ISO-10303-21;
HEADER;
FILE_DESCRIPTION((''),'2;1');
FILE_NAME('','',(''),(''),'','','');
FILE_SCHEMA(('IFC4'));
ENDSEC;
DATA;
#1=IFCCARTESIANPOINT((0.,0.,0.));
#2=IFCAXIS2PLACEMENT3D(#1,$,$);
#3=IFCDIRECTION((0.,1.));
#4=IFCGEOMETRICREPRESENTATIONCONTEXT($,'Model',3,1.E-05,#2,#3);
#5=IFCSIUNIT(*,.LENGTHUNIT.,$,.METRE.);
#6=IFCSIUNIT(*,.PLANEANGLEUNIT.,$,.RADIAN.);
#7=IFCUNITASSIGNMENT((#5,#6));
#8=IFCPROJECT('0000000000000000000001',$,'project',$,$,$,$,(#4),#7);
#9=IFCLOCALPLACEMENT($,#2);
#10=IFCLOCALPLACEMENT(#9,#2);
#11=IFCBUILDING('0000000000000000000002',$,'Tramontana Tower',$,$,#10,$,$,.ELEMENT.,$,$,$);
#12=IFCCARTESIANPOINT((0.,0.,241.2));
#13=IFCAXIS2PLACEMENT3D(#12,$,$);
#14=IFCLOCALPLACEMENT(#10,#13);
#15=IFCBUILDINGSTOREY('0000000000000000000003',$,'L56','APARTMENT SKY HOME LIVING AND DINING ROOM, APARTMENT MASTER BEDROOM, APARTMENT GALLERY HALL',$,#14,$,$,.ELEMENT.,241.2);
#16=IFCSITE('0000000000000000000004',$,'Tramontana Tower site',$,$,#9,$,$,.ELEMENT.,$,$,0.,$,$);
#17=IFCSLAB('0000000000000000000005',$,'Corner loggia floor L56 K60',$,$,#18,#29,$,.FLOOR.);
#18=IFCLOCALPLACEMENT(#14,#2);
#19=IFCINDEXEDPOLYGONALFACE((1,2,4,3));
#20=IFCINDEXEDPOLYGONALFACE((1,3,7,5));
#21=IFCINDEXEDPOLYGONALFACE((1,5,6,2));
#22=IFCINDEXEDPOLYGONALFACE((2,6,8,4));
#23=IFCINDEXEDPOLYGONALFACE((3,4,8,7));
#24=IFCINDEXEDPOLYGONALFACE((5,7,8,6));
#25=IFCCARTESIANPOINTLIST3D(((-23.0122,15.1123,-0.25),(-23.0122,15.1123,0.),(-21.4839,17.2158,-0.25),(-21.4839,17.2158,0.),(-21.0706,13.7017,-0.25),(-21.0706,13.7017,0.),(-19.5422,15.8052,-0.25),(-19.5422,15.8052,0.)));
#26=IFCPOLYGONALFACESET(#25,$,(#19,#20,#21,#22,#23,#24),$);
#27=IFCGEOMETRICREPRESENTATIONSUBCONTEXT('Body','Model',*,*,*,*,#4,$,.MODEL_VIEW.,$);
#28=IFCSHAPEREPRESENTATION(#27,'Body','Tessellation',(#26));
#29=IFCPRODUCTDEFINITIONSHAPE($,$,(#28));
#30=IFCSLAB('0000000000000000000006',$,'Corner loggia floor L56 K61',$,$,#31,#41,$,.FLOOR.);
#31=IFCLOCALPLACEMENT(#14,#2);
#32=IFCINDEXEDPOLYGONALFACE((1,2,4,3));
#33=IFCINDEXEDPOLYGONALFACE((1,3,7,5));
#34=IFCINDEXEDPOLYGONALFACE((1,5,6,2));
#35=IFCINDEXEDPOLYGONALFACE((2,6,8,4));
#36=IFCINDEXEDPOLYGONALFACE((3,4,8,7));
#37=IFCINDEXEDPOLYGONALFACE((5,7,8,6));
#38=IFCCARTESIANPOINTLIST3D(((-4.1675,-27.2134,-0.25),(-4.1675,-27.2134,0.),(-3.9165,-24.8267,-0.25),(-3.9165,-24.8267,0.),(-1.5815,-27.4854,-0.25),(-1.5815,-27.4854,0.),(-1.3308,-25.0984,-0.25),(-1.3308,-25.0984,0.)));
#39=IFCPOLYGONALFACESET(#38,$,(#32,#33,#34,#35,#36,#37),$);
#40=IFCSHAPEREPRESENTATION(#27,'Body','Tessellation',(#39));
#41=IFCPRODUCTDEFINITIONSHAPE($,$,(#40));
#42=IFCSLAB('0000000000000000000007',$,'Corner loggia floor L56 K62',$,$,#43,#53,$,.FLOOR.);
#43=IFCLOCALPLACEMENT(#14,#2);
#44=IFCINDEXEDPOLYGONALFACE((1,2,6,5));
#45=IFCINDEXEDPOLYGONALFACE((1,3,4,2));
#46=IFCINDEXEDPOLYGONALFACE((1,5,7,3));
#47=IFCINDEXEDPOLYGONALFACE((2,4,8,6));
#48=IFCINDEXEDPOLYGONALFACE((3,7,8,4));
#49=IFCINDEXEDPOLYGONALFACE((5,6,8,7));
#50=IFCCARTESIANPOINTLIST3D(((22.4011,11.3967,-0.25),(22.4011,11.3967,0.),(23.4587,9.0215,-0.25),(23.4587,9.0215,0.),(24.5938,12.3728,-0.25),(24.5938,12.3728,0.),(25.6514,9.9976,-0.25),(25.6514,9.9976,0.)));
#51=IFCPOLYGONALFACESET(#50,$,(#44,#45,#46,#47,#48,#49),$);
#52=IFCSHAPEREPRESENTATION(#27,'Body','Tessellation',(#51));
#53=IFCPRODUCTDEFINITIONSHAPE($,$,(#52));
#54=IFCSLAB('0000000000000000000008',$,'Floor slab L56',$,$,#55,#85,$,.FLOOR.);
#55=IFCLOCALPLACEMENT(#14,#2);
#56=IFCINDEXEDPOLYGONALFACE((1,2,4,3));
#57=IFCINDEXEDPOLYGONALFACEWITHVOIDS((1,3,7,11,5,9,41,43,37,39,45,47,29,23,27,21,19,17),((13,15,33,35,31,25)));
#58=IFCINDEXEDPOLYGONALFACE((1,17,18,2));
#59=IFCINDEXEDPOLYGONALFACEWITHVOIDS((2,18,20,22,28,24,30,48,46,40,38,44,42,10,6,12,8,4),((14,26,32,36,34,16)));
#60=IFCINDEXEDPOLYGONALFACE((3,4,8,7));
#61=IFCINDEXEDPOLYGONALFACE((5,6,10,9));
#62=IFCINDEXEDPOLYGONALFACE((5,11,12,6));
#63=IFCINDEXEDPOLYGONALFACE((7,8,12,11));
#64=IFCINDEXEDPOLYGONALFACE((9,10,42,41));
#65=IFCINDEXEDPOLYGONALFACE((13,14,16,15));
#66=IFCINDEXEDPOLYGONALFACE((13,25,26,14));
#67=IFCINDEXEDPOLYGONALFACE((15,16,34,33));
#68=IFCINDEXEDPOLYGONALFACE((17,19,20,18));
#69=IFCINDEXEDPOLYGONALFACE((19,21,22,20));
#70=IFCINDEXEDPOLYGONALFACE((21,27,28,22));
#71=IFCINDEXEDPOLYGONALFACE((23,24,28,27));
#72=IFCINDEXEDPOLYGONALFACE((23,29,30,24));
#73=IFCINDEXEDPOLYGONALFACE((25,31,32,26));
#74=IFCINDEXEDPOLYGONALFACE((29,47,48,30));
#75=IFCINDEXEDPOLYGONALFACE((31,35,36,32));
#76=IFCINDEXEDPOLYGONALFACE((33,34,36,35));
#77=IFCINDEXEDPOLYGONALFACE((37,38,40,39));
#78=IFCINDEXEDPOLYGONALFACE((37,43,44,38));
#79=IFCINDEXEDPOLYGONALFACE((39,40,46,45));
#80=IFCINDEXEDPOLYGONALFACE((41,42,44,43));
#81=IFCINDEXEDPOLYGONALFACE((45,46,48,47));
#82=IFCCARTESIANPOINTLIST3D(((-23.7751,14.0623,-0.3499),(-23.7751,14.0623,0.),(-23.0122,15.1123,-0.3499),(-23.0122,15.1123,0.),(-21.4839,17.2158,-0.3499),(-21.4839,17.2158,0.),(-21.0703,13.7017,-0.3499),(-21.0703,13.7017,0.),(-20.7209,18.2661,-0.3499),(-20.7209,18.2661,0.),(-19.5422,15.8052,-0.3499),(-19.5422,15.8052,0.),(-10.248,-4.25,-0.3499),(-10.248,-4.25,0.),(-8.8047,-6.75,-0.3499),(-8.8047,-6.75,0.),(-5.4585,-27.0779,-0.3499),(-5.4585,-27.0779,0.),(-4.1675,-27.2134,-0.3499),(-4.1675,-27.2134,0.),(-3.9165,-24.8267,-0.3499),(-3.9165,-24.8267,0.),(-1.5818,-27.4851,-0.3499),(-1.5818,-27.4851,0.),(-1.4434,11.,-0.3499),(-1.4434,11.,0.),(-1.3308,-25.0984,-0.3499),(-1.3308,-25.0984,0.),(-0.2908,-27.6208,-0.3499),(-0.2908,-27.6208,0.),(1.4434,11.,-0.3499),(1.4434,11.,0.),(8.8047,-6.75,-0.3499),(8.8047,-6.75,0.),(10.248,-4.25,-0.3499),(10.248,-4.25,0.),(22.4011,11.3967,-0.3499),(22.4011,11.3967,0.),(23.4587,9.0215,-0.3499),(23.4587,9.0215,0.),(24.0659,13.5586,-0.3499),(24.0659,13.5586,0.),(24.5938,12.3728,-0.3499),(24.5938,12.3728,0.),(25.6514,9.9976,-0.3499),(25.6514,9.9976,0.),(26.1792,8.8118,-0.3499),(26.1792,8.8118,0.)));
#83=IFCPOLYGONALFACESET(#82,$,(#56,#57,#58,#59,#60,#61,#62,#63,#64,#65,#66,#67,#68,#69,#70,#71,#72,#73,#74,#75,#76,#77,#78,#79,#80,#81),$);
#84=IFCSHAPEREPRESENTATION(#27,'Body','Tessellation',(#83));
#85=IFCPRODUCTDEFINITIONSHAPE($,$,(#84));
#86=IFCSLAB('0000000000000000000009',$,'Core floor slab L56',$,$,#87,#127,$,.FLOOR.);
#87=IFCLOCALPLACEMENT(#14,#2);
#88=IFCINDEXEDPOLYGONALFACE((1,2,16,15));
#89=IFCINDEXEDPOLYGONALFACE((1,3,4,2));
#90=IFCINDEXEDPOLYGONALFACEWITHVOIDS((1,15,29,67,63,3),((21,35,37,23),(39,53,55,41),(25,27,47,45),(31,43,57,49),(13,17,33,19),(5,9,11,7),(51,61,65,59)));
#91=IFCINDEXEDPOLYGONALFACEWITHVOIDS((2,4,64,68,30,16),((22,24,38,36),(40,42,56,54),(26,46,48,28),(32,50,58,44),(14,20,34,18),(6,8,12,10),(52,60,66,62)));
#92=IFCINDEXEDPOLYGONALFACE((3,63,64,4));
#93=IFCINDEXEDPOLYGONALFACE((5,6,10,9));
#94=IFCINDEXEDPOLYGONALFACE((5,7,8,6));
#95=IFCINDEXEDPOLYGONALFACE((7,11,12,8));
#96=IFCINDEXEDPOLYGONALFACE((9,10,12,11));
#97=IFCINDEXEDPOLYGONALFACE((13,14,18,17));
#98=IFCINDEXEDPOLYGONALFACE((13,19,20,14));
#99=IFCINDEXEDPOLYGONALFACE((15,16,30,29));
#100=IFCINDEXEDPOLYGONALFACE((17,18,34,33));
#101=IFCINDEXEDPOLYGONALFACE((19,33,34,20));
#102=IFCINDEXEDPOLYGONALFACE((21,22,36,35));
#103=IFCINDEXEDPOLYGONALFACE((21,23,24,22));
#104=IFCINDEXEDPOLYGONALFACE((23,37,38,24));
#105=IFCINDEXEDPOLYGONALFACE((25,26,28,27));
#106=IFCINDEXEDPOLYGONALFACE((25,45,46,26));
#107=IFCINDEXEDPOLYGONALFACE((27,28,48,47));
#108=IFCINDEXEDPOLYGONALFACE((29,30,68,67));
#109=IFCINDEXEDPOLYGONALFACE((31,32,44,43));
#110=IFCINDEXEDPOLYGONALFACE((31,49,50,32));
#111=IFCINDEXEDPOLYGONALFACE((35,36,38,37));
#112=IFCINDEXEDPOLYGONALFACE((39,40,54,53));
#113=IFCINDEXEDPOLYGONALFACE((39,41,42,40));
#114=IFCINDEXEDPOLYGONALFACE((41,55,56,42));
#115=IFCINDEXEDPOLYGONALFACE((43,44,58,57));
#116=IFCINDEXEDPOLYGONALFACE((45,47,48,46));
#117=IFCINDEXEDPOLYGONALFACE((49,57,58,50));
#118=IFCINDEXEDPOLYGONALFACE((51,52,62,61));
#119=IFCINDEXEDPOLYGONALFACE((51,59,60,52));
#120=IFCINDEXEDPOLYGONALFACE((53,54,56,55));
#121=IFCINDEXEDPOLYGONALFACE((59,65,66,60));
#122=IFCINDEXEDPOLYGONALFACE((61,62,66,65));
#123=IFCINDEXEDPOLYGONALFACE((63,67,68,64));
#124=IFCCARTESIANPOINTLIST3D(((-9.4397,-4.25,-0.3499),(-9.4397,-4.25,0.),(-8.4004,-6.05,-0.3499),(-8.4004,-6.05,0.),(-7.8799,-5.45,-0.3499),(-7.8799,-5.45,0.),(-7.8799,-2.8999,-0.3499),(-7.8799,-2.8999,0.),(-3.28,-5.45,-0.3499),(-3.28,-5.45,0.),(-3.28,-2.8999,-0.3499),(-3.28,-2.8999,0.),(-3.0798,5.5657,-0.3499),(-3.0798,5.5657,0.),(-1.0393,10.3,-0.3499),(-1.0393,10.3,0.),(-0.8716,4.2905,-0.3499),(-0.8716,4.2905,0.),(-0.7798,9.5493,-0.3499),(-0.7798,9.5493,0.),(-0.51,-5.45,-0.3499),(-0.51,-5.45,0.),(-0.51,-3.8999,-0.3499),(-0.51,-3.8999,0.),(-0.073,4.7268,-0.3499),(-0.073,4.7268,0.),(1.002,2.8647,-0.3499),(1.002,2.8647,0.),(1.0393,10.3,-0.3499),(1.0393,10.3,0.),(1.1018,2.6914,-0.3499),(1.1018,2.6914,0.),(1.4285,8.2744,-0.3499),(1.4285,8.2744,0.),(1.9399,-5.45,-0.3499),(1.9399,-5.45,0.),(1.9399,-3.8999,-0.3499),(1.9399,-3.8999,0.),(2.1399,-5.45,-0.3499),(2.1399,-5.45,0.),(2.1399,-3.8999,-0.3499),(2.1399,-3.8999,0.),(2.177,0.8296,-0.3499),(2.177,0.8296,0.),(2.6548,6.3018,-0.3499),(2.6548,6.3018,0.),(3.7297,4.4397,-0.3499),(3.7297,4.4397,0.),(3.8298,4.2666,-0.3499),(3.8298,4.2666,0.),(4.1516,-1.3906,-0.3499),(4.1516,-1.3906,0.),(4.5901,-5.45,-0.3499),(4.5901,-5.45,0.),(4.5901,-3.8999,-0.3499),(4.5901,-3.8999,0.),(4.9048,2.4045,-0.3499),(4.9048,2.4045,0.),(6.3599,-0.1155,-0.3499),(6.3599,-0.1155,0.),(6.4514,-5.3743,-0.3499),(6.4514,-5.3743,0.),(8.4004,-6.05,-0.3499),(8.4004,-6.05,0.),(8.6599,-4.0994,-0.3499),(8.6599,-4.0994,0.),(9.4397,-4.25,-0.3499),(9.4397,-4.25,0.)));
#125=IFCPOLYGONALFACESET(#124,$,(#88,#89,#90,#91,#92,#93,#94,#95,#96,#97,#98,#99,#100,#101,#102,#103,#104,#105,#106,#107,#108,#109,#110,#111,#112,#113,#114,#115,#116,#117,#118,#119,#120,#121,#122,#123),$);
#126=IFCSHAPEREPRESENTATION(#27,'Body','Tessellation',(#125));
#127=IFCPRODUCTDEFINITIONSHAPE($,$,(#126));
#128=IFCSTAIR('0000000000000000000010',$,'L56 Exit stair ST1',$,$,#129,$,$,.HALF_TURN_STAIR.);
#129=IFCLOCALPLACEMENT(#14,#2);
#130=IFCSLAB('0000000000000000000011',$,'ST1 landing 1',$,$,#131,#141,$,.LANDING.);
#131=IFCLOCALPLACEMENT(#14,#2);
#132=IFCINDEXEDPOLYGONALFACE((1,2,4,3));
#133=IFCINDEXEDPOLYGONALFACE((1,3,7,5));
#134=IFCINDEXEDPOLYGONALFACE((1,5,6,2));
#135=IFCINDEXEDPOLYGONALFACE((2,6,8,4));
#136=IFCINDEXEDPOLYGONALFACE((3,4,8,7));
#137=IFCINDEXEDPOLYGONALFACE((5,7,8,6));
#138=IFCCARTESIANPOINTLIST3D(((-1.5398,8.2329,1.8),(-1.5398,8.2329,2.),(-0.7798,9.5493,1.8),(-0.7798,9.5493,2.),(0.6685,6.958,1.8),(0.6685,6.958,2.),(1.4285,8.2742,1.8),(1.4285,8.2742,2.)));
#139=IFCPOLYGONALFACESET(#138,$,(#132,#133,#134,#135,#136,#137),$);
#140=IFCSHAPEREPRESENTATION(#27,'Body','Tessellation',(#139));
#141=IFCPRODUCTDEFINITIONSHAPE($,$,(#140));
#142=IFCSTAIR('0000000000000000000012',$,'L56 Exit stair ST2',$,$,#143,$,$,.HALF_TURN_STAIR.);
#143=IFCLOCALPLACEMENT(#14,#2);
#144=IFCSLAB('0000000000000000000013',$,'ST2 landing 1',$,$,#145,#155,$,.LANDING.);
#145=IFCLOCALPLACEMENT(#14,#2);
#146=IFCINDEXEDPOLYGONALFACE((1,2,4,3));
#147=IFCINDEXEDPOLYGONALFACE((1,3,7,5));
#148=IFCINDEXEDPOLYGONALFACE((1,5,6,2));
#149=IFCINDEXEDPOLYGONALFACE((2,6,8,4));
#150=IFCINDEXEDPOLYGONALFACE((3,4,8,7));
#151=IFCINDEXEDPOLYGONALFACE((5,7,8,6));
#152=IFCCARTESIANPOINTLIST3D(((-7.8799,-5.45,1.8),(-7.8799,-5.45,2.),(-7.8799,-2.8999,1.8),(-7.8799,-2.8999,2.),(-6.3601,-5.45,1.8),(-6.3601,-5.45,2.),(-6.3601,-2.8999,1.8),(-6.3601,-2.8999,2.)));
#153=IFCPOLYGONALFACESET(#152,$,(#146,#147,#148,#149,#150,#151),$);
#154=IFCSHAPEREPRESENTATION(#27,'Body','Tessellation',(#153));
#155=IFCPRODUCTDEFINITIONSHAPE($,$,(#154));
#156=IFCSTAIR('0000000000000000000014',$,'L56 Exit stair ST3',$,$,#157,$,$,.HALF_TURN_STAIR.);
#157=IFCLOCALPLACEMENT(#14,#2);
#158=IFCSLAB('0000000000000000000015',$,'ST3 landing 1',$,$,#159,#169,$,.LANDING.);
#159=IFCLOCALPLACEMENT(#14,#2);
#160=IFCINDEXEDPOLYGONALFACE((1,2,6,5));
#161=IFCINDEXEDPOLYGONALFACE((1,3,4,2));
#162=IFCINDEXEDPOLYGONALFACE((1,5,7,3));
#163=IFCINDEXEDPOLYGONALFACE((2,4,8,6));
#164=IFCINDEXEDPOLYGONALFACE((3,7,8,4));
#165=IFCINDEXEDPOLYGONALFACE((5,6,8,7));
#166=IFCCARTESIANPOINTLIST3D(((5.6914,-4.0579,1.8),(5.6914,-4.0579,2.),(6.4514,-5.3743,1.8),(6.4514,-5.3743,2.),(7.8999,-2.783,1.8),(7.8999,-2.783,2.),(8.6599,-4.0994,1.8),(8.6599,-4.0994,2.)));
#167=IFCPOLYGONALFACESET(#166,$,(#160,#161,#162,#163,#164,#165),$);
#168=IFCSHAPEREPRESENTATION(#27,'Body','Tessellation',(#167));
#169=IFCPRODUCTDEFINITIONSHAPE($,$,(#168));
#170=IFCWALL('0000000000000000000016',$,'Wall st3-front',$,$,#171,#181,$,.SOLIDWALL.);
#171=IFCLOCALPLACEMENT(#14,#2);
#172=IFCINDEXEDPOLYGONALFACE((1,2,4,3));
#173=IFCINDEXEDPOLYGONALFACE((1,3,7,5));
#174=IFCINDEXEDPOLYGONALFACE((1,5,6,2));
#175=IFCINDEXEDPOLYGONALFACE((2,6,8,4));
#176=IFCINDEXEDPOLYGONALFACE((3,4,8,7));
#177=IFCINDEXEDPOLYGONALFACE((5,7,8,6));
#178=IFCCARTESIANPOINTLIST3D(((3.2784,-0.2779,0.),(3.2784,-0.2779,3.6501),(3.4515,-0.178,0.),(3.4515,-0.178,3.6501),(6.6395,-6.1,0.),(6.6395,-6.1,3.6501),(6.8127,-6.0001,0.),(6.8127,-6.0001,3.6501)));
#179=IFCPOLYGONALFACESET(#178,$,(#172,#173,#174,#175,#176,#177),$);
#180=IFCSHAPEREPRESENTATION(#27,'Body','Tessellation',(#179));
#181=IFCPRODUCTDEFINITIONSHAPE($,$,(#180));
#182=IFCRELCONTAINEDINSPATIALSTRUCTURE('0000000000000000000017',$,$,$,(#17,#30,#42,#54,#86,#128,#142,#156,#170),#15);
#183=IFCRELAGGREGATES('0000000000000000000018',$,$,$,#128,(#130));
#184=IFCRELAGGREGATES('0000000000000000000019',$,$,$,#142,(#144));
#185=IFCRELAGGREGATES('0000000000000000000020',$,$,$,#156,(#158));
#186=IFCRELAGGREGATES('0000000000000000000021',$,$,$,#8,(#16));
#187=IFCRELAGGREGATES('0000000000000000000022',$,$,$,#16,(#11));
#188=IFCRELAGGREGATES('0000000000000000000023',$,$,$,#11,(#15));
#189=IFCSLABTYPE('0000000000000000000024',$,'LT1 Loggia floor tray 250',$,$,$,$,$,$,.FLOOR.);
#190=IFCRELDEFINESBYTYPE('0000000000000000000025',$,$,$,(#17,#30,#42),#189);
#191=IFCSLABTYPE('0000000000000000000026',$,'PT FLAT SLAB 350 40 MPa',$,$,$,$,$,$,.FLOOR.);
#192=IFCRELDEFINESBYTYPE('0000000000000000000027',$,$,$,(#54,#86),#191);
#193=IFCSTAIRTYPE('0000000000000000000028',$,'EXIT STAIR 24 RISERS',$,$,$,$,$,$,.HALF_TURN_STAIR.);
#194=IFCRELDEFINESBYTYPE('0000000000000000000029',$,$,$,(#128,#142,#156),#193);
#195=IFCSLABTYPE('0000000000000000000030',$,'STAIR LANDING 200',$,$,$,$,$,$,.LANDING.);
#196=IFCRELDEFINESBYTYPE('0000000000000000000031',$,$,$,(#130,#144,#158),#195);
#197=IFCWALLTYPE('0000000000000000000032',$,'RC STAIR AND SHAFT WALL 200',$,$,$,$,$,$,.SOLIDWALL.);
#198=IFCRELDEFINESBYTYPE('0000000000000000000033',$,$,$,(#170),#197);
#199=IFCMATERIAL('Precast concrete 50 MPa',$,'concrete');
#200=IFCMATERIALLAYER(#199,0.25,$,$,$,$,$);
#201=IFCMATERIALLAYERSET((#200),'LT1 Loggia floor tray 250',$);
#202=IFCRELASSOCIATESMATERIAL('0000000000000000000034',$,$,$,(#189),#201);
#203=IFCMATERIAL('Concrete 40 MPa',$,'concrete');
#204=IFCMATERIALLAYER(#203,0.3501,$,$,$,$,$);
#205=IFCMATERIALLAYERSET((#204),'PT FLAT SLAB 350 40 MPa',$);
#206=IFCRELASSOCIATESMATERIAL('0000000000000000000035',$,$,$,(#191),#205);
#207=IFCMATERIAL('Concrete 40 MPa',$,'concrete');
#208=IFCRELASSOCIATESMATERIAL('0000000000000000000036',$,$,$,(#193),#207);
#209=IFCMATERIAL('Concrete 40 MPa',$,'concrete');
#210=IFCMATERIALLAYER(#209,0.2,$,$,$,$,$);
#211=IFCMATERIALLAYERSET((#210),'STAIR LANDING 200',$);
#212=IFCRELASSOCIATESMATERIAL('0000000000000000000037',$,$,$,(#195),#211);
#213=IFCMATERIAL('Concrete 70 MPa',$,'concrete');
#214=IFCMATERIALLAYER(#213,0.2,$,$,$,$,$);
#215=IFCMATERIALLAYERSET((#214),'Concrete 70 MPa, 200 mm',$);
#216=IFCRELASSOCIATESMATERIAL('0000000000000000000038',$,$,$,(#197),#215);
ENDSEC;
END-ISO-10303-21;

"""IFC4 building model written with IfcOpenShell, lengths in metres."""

from ifc_helpers import new_model, si_unit, direction, frame, frame_2d, origin, place, context, subcontext, project, spatial, polyline, rectangle, outline, extrude, material, layer, layer_set, type_object, element, aggregate, save


model = new_model("IFC4")

# Units and contexts
model_context = context("Model", 3, precision=1e-05, world=origin(), true_north=direction((0.0, 1.0)))
body_context = subcontext(model_context, "Body", "Model", "MODEL_VIEW")
ifc_project = project(units=[si_unit("LENGTHUNIT", "METRE"), si_unit("PLANEANGLEUNIT", "RADIAN")], contexts=[model_context])

# Site, building, storey
site_placement = place(None, origin())
site = spatial("IfcSite", under=ifc_project, at=site_placement, Name="Tramontana Tower site", CompositionType="ELEMENT", RefElevation=0.0)
building_placement = place(site_placement, origin())
building = spatial("IfcBuilding", under=site, at=building_placement, Name="Tramontana Tower", CompositionType="ELEMENT")
storey_placement = place(building_placement, frame((0.0, 0.0, 241.2)))
storey = spatial("IfcBuildingStorey", under=building, at=storey_placement, Name="L56", Description="APARTMENT SKY HOME LIVING AND DINING ROOM, APARTMENT MASTER BEDROOM, APARTMENT GALLERY HALL", CompositionType="ELEMENT", Elevation=241.2)

# Slabs
ifc_material_1 = material(Name="Precast concrete 50 MPa", Category="concrete")
ifc_layer_1 = layer(ifc_material_1, 0.25)
ifc_layer_set_1 = layer_set([ifc_layer_1], Name="LT1 Loggia floor tray 250")
slab_type_1 = type_object("IfcSlabType", Name="LT1 Loggia floor tray 250", PredefinedType="FLOOR", material=ifc_layer_set_1)
slab_1_placement = place(storey_placement, frame((0.0, 0.0, -0.25)))
element("IfcSlab", 1, at=slab_1_placement, inside=storey, type_object=slab_type_1, Name="Corner loggia floor L56 K60", PredefinedType="FLOOR", context=body_context, shape_type="SweptSolid", body=[
    extrude(outline(polyline([(-21.4839, 17.2158), (-19.5422, 15.8052), (-21.0706, 13.7017), (-23.0122, 15.1123), (-21.4839, 17.2158)])), origin(), (0.0, 0.0, 1.0), 0.25),
])
slab_2_placement = place(storey_placement, frame((0.0, 0.0, -0.25)))
element("IfcSlab", 2, at=slab_2_placement, inside=storey, type_object=slab_type_1, Name="Corner loggia floor L56 K61", PredefinedType="FLOOR", context=body_context, shape_type="SweptSolid", body=[
    extrude(outline(polyline([(-4.1675, -27.2134), (-3.9165, -24.8267), (-1.3308, -25.0984), (-1.5815, -27.4854), (-4.1675, -27.2134)])), origin(), (0.0, 0.0, 1.0), 0.25),
])
slab_3_placement = place(storey_placement, frame((0.0, 0.0, -0.25)))
element("IfcSlab", 3, at=slab_3_placement, inside=storey, type_object=slab_type_1, Name="Corner loggia floor L56 K62", PredefinedType="FLOOR", context=body_context, shape_type="SweptSolid", body=[
    extrude(outline(polyline([(25.6514, 9.9976), (23.4587, 9.0215), (22.4011, 11.3967), (24.5938, 12.3728), (25.6514, 9.9976)])), origin(), (0.0, 0.0, 1.0), 0.25),
])
ifc_material_2 = material(Name="Concrete 40 MPa", Category="concrete")
ifc_layer_2 = layer(ifc_material_2, 0.3501)
ifc_layer_set_2 = layer_set([ifc_layer_2], Name="PT FLAT SLAB 350 40 MPa")
slab_type_2 = type_object("IfcSlabType", Name="PT FLAT SLAB 350 40 MPa", PredefinedType="FLOOR", material=ifc_layer_set_2)
slab_4_placement = place(storey_placement, frame((0.0, 0.0, -0.3499)))
element("IfcSlab", 4, at=slab_4_placement, inside=storey, type_object=slab_type_2, Name="Floor slab L56", PredefinedType="FLOOR", context=body_context, shape_type="SweptSolid", body=[
    extrude(outline(polyline([(24.5938, 12.3728), (22.4011, 11.3967), (23.4587, 9.0215), (25.6514, 9.9976), (26.1792, 8.8118), (-0.2908, -27.6208), (-1.5818, -27.4851), (-1.3308, -25.0984), (-3.9165, -24.8267), (-4.1675, -27.2134), (-5.4585, -27.0779), (-23.7751, 14.0623), (-23.0122, 15.1123), (-21.0703, 13.7017), (-19.5422, 15.8052), (-21.4839, 17.2158), (-20.7209, 18.2661), (24.0659, 13.5586), (24.5938, 12.3728)]), holes=[polyline([(-10.248, -4.25), (-8.8047, -6.75), (8.8047, -6.75), (10.248, -4.25), (1.4434, 11.0), (-1.4434, 11.0), (-10.248, -4.25)])]), origin(), (0.0, 0.0, 1.0), 0.3499),
])
slab_5_placement = place(storey_placement, frame((0.0, 0.0, -0.3499)))
element("IfcSlab", 5, at=slab_5_placement, inside=storey, type_object=slab_type_2, Name="Core floor slab L56", PredefinedType="FLOOR", context=body_context, shape_type="SweptSolid", body=[
    extrude(outline(polyline([(9.4397, -4.25), (8.4004, -6.05), (-8.4004, -6.05), (-9.4397, -4.25), (-1.0393, 10.3), (1.0393, 10.3), (9.4397, -4.25)]), holes=[polyline([(8.6599, -4.0994), (6.3599, -0.1155), (4.1516, -1.3906), (6.4514, -5.3743), (8.6599, -4.0994)]), polyline([(3.8298, 4.2666), (1.1018, 2.6914), (2.177, 0.8296), (4.9048, 2.4045), (3.8298, 4.2666)]), polyline([(4.5901, -3.8999), (2.1399, -3.8999), (2.1399, -5.45), (4.5901, -5.45), (4.5901, -3.8999)]), polyline([(2.6548, 6.3018), (-0.073, 4.7268), (1.002, 2.8647), (3.7297, 4.4397), (2.6548, 6.3018)]), polyline([(1.9399, -5.45), (1.9399, -3.8999), (-0.51, -3.8999), (-0.51, -5.45), (1.9399, -5.45)]), polyline([(-0.7798, 9.5493), (-3.0798, 5.5657), (-0.8716, 4.2905), (1.4285, 8.2744), (-0.7798, 9.5493)]), polyline([(-7.8799, -5.45), (-3.28, -5.45), (-3.28, -2.8999), (-7.8799, -2.8999), (-7.8799, -5.45)])]), origin(), (0.0, 0.0, 1.0), 0.3499),
])

# Stairs, slabs
ifc_material_3 = material(Name="Concrete 40 MPa", Category="concrete")
stair_type = type_object("IfcStairType", Name="EXIT STAIR 24 RISERS", PredefinedType="HALF_TURN_STAIR", material=ifc_material_3)
stair_1_placement = place(storey_placement, origin())
stair_1 = element("IfcStair", 6, at=stair_1_placement, inside=storey, type_object=stair_type, Name="L56 Exit stair ST1", PredefinedType="HALF_TURN_STAIR")
ifc_material_4 = material(Name="Concrete 40 MPa", Category="concrete")
ifc_layer_3 = layer(ifc_material_4, 0.2)
ifc_layer_set_3 = layer_set([ifc_layer_3], Name="STAIR LANDING 200")
slab_type_3 = type_object("IfcSlabType", Name="STAIR LANDING 200", PredefinedType="LANDING", material=ifc_layer_set_3)
slab_6_placement = place(storey_placement, frame((0.0, 0.0, 1.8)))
slab_6 = element("IfcSlab", 7, at=slab_6_placement, type_object=slab_type_3, Name="ST1 landing 1", PredefinedType="LANDING", context=body_context, shape_type="SweptSolid", body=[
    extrude(outline(polyline([(0.6685, 6.958), (1.4285, 8.2742), (-0.7798, 9.5493), (-1.5398, 8.2329), (0.6685, 6.958)])), origin(), (0.0, 0.0, 1.0), 0.2),
])
aggregate(stair_1, [slab_6])
stair_2_placement = place(storey_placement, origin())
stair_2 = element("IfcStair", 8, at=stair_2_placement, inside=storey, type_object=stair_type, Name="L56 Exit stair ST2", PredefinedType="HALF_TURN_STAIR")
slab_7_placement = place(storey_placement, frame((0.0, 0.0, 1.8)))
slab_7 = element("IfcSlab", 9, at=slab_7_placement, type_object=slab_type_3, Name="ST2 landing 1", PredefinedType="LANDING", context=body_context, shape_type="SweptSolid", body=[
    extrude(outline(polyline([(-6.3601, -2.8999), (-7.8799, -2.8999), (-7.8799, -5.45), (-6.3601, -5.45), (-6.3601, -2.8999)])), origin(), (0.0, 0.0, 1.0), 0.2),
])
aggregate(stair_2, [slab_7])
stair_3_placement = place(storey_placement, origin())
stair_3 = element("IfcStair", 10, at=stair_3_placement, inside=storey, type_object=stair_type, Name="L56 Exit stair ST3", PredefinedType="HALF_TURN_STAIR")
slab_8_placement = place(storey_placement, frame((0.0, 0.0, 1.8)))
slab_8 = element("IfcSlab", 11, at=slab_8_placement, type_object=slab_type_3, Name="ST3 landing 1", PredefinedType="LANDING", context=body_context, shape_type="SweptSolid", body=[
    extrude(outline(polyline([(5.6914, -4.0579), (6.4514, -5.3743), (8.6599, -4.0994), (7.8999, -2.783), (5.6914, -4.0579)])), origin(), (0.0, 0.0, 1.0), 0.2),
])

# Wall
ifc_material_5 = material(Name="Concrete 70 MPa", Category="concrete")
ifc_layer_4 = layer(ifc_material_5, 0.2)
ifc_layer_set_4 = layer_set([ifc_layer_4], Name="Concrete 70 MPa, 200 mm")
wall_type = type_object("IfcWallType", Name="RC STAIR AND SHAFT WALL 200", PredefinedType="SOLIDWALL", material=ifc_layer_set_4)
wall_1_placement = place(storey_placement, frame((6.7261, -6.05, 0.0), z_axis=(0.0, 0.0, 1.0), x_axis=(-0.499971, 0.866042, 0.0)))
element("IfcWall", 12, at=wall_1_placement, inside=storey, type_object=wall_type, Name="Wall st3-front", PredefinedType="SOLIDWALL", context=body_context, shape_type="SweptSolid", body=[
    extrude(rectangle(XDim=6.7227, YDim=0.2, at=frame_2d((3.3613, 0.0))), origin(), (0.0, 0.0, 1.0), 3.6501),
])

aggregate(stair_3, [slab_8])

save(model, "model.ifc")
